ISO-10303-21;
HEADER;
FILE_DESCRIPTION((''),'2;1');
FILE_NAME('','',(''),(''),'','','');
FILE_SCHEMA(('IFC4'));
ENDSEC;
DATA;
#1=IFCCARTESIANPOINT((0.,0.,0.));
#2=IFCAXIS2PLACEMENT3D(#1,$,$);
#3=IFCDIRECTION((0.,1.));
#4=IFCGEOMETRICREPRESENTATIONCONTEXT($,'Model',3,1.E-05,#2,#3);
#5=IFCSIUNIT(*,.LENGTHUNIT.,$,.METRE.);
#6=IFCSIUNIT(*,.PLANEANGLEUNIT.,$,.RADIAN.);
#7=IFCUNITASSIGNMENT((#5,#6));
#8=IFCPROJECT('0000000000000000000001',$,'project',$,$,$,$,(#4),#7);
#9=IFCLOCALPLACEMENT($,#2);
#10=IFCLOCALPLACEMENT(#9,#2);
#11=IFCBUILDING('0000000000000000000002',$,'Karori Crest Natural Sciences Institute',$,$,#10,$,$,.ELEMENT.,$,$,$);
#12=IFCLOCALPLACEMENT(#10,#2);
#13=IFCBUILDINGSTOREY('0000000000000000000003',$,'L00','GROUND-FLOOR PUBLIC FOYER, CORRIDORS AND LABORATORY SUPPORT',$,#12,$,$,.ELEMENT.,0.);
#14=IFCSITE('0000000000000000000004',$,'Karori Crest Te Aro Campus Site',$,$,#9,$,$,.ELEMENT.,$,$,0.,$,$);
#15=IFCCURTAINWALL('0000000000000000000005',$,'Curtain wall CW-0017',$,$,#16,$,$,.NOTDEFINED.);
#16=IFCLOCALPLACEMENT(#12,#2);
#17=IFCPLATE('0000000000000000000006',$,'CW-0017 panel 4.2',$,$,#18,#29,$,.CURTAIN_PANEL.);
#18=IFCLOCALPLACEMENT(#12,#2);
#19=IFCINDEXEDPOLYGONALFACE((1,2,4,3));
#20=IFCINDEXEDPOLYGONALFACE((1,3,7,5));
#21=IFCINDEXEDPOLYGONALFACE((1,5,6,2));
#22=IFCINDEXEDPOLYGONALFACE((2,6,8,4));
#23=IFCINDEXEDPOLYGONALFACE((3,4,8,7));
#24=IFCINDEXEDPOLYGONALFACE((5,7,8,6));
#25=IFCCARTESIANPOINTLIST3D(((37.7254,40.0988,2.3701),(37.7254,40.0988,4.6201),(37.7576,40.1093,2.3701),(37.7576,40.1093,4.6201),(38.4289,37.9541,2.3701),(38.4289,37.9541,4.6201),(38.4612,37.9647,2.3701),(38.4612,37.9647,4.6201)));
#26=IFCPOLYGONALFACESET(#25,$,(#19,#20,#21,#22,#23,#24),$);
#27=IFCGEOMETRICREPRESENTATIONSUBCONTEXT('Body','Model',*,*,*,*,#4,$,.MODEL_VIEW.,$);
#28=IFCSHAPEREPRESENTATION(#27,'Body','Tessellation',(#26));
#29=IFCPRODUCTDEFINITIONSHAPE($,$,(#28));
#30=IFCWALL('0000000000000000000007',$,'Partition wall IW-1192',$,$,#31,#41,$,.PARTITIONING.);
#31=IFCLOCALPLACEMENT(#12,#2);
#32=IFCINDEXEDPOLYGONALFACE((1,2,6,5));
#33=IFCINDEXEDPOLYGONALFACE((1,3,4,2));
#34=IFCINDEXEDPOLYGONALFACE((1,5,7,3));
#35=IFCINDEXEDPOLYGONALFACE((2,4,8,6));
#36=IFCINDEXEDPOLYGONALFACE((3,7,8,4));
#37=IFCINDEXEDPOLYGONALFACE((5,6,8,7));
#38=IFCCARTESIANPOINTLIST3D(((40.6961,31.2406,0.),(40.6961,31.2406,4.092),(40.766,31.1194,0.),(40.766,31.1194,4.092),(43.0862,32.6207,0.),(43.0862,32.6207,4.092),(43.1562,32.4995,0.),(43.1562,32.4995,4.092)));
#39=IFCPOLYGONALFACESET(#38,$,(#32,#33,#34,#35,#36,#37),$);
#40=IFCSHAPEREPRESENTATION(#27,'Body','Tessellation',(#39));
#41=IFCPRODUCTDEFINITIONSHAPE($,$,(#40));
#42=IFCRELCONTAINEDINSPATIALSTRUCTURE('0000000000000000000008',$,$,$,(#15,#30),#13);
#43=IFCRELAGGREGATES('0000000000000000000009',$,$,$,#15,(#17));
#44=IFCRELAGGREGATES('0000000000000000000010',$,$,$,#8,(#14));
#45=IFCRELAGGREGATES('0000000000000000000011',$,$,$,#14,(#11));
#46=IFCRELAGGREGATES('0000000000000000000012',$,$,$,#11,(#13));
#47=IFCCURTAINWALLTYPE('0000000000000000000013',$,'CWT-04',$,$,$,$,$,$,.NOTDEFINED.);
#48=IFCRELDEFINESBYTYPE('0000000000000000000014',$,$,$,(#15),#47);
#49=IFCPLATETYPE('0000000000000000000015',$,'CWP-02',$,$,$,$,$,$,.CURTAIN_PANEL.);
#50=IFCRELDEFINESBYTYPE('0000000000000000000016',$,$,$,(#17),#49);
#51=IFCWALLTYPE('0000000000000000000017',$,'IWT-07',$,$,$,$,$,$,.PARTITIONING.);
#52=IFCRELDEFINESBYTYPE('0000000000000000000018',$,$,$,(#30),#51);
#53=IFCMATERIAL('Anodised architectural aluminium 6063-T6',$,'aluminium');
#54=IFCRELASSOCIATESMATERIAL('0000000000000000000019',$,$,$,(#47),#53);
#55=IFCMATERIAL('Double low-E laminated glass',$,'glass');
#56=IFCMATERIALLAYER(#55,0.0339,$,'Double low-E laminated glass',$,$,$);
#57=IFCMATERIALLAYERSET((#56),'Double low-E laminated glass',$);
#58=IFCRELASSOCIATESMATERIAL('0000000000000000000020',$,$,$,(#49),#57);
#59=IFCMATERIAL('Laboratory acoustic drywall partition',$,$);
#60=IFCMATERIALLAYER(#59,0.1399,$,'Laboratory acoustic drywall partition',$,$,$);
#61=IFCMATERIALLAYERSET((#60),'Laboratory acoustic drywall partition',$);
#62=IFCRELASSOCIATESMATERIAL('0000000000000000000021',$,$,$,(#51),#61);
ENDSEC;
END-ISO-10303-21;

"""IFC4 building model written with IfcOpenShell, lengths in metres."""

from ifc_helpers import new_model, si_unit, direction, frame, frame_2d, origin, origin_2d, place, context, subcontext, project, spatial, rectangle, extrude, material, layer, layer_set, type_object, element, aggregate, save


model = new_model("IFC4")

# Units and contexts
model_context = context("Model", 3, precision=1e-05, world=origin(), true_north=direction((0.0, 1.0)))
body_context = subcontext(model_context, "Body", "Model", "MODEL_VIEW")
ifc_project = project(units=[si_unit("LENGTHUNIT", "METRE"), si_unit("PLANEANGLEUNIT", "RADIAN")], contexts=[model_context])

# Site, building, storey
site_placement = place(None, origin())
site = spatial("IfcSite", under=ifc_project, at=site_placement, Name="Karori Crest Te Aro Campus Site", CompositionType="ELEMENT", RefElevation=0.0)
building_placement = place(site_placement, origin())
building = spatial("IfcBuilding", under=site, at=building_placement, Name="Karori Crest Natural Sciences Institute", CompositionType="ELEMENT")
storey_placement = place(building_placement, origin())
storey = spatial("IfcBuildingStorey", under=building, at=storey_placement, Name="L00", Description="GROUND-FLOOR PUBLIC FOYER, CORRIDORS AND LABORATORY SUPPORT", CompositionType="ELEMENT", Elevation=0.0)

# Shared definitions
ifc_material_1 = material(Name="Anodised architectural aluminium 6063-T6", Category="aluminium")

# Curtain wall
curtain_wall_type_1 = type_object("IfcCurtainWallType", Name="CWT-04", PredefinedType="NOTDEFINED", material=ifc_material_1)
curtain_wall_1_placement = place(storey_placement, origin())
curtain_wall_1 = element("IfcCurtainWall", 1, at=curtain_wall_1_placement, inside=storey, type_object=curtain_wall_type_1, Name="Curtain wall CW-0017", PredefinedType="NOTDEFINED")

# Plate
ifc_material_2 = material(Name="Double low-E laminated glass", Category="glass")
ifc_layer_1 = layer(ifc_material_2, 0.0339, Name="Double low-E laminated glass")
ifc_layer_set_1 = layer_set([ifc_layer_1], Name="Double low-E laminated glass")
plate_type = type_object("IfcPlateType", Name="CWP-02", PredefinedType="CURTAIN_PANEL", material=ifc_layer_set_1)
plate_1_placement = place(storey_placement, frame((38.0933, 39.0317, 2.3701), z_axis=(0.0, 0.0, 1.0), x_axis=(-0.311714, 0.950176, 0.0)))
plate_1 = element("IfcPlate", 2, at=plate_1_placement, type_object=plate_type, Name="CW-0017 panel 4.2", PredefinedType="CURTAIN_PANEL", context=body_context, shape_type="SweptSolid", body=[
    extrude(rectangle(XDim=2.2571, YDim=0.0339, at=origin_2d()), origin(), (0.0, 0.0, 1.0), 2.25),
])
aggregate(curtain_wall_1, [plate_1])

# Wall
ifc_material_3 = material(Name="Laboratory acoustic drywall partition")
ifc_layer_2 = layer(ifc_material_3, 0.1399, Name="Laboratory acoustic drywall partition")
ifc_layer_set_2 = layer_set([ifc_layer_2], Name="Laboratory acoustic drywall partition")
wall_type = type_object("IfcWallType", Name="IWT-07", PredefinedType="PARTITIONING", material=ifc_layer_set_2)
wall_placement = place(storey_placement, frame((43.1211, 32.5601, 0.0), z_axis=(0.0, 0.0, 1.0), x_axis=(-0.865997, -0.500049, 0.0)))
element("IfcWall", 3, at=wall_placement, inside=storey, type_object=wall_type, Name="Partition wall IW-1192", PredefinedType="PARTITIONING", context=body_context, shape_type="SweptSolid", body=[
    extrude(rectangle(XDim=2.76, YDim=0.1399, at=frame_2d((1.3799, 0.0))), origin(), (0.0, 0.0, 1.0), 4.092),
])

save(model, "model.ifc")
